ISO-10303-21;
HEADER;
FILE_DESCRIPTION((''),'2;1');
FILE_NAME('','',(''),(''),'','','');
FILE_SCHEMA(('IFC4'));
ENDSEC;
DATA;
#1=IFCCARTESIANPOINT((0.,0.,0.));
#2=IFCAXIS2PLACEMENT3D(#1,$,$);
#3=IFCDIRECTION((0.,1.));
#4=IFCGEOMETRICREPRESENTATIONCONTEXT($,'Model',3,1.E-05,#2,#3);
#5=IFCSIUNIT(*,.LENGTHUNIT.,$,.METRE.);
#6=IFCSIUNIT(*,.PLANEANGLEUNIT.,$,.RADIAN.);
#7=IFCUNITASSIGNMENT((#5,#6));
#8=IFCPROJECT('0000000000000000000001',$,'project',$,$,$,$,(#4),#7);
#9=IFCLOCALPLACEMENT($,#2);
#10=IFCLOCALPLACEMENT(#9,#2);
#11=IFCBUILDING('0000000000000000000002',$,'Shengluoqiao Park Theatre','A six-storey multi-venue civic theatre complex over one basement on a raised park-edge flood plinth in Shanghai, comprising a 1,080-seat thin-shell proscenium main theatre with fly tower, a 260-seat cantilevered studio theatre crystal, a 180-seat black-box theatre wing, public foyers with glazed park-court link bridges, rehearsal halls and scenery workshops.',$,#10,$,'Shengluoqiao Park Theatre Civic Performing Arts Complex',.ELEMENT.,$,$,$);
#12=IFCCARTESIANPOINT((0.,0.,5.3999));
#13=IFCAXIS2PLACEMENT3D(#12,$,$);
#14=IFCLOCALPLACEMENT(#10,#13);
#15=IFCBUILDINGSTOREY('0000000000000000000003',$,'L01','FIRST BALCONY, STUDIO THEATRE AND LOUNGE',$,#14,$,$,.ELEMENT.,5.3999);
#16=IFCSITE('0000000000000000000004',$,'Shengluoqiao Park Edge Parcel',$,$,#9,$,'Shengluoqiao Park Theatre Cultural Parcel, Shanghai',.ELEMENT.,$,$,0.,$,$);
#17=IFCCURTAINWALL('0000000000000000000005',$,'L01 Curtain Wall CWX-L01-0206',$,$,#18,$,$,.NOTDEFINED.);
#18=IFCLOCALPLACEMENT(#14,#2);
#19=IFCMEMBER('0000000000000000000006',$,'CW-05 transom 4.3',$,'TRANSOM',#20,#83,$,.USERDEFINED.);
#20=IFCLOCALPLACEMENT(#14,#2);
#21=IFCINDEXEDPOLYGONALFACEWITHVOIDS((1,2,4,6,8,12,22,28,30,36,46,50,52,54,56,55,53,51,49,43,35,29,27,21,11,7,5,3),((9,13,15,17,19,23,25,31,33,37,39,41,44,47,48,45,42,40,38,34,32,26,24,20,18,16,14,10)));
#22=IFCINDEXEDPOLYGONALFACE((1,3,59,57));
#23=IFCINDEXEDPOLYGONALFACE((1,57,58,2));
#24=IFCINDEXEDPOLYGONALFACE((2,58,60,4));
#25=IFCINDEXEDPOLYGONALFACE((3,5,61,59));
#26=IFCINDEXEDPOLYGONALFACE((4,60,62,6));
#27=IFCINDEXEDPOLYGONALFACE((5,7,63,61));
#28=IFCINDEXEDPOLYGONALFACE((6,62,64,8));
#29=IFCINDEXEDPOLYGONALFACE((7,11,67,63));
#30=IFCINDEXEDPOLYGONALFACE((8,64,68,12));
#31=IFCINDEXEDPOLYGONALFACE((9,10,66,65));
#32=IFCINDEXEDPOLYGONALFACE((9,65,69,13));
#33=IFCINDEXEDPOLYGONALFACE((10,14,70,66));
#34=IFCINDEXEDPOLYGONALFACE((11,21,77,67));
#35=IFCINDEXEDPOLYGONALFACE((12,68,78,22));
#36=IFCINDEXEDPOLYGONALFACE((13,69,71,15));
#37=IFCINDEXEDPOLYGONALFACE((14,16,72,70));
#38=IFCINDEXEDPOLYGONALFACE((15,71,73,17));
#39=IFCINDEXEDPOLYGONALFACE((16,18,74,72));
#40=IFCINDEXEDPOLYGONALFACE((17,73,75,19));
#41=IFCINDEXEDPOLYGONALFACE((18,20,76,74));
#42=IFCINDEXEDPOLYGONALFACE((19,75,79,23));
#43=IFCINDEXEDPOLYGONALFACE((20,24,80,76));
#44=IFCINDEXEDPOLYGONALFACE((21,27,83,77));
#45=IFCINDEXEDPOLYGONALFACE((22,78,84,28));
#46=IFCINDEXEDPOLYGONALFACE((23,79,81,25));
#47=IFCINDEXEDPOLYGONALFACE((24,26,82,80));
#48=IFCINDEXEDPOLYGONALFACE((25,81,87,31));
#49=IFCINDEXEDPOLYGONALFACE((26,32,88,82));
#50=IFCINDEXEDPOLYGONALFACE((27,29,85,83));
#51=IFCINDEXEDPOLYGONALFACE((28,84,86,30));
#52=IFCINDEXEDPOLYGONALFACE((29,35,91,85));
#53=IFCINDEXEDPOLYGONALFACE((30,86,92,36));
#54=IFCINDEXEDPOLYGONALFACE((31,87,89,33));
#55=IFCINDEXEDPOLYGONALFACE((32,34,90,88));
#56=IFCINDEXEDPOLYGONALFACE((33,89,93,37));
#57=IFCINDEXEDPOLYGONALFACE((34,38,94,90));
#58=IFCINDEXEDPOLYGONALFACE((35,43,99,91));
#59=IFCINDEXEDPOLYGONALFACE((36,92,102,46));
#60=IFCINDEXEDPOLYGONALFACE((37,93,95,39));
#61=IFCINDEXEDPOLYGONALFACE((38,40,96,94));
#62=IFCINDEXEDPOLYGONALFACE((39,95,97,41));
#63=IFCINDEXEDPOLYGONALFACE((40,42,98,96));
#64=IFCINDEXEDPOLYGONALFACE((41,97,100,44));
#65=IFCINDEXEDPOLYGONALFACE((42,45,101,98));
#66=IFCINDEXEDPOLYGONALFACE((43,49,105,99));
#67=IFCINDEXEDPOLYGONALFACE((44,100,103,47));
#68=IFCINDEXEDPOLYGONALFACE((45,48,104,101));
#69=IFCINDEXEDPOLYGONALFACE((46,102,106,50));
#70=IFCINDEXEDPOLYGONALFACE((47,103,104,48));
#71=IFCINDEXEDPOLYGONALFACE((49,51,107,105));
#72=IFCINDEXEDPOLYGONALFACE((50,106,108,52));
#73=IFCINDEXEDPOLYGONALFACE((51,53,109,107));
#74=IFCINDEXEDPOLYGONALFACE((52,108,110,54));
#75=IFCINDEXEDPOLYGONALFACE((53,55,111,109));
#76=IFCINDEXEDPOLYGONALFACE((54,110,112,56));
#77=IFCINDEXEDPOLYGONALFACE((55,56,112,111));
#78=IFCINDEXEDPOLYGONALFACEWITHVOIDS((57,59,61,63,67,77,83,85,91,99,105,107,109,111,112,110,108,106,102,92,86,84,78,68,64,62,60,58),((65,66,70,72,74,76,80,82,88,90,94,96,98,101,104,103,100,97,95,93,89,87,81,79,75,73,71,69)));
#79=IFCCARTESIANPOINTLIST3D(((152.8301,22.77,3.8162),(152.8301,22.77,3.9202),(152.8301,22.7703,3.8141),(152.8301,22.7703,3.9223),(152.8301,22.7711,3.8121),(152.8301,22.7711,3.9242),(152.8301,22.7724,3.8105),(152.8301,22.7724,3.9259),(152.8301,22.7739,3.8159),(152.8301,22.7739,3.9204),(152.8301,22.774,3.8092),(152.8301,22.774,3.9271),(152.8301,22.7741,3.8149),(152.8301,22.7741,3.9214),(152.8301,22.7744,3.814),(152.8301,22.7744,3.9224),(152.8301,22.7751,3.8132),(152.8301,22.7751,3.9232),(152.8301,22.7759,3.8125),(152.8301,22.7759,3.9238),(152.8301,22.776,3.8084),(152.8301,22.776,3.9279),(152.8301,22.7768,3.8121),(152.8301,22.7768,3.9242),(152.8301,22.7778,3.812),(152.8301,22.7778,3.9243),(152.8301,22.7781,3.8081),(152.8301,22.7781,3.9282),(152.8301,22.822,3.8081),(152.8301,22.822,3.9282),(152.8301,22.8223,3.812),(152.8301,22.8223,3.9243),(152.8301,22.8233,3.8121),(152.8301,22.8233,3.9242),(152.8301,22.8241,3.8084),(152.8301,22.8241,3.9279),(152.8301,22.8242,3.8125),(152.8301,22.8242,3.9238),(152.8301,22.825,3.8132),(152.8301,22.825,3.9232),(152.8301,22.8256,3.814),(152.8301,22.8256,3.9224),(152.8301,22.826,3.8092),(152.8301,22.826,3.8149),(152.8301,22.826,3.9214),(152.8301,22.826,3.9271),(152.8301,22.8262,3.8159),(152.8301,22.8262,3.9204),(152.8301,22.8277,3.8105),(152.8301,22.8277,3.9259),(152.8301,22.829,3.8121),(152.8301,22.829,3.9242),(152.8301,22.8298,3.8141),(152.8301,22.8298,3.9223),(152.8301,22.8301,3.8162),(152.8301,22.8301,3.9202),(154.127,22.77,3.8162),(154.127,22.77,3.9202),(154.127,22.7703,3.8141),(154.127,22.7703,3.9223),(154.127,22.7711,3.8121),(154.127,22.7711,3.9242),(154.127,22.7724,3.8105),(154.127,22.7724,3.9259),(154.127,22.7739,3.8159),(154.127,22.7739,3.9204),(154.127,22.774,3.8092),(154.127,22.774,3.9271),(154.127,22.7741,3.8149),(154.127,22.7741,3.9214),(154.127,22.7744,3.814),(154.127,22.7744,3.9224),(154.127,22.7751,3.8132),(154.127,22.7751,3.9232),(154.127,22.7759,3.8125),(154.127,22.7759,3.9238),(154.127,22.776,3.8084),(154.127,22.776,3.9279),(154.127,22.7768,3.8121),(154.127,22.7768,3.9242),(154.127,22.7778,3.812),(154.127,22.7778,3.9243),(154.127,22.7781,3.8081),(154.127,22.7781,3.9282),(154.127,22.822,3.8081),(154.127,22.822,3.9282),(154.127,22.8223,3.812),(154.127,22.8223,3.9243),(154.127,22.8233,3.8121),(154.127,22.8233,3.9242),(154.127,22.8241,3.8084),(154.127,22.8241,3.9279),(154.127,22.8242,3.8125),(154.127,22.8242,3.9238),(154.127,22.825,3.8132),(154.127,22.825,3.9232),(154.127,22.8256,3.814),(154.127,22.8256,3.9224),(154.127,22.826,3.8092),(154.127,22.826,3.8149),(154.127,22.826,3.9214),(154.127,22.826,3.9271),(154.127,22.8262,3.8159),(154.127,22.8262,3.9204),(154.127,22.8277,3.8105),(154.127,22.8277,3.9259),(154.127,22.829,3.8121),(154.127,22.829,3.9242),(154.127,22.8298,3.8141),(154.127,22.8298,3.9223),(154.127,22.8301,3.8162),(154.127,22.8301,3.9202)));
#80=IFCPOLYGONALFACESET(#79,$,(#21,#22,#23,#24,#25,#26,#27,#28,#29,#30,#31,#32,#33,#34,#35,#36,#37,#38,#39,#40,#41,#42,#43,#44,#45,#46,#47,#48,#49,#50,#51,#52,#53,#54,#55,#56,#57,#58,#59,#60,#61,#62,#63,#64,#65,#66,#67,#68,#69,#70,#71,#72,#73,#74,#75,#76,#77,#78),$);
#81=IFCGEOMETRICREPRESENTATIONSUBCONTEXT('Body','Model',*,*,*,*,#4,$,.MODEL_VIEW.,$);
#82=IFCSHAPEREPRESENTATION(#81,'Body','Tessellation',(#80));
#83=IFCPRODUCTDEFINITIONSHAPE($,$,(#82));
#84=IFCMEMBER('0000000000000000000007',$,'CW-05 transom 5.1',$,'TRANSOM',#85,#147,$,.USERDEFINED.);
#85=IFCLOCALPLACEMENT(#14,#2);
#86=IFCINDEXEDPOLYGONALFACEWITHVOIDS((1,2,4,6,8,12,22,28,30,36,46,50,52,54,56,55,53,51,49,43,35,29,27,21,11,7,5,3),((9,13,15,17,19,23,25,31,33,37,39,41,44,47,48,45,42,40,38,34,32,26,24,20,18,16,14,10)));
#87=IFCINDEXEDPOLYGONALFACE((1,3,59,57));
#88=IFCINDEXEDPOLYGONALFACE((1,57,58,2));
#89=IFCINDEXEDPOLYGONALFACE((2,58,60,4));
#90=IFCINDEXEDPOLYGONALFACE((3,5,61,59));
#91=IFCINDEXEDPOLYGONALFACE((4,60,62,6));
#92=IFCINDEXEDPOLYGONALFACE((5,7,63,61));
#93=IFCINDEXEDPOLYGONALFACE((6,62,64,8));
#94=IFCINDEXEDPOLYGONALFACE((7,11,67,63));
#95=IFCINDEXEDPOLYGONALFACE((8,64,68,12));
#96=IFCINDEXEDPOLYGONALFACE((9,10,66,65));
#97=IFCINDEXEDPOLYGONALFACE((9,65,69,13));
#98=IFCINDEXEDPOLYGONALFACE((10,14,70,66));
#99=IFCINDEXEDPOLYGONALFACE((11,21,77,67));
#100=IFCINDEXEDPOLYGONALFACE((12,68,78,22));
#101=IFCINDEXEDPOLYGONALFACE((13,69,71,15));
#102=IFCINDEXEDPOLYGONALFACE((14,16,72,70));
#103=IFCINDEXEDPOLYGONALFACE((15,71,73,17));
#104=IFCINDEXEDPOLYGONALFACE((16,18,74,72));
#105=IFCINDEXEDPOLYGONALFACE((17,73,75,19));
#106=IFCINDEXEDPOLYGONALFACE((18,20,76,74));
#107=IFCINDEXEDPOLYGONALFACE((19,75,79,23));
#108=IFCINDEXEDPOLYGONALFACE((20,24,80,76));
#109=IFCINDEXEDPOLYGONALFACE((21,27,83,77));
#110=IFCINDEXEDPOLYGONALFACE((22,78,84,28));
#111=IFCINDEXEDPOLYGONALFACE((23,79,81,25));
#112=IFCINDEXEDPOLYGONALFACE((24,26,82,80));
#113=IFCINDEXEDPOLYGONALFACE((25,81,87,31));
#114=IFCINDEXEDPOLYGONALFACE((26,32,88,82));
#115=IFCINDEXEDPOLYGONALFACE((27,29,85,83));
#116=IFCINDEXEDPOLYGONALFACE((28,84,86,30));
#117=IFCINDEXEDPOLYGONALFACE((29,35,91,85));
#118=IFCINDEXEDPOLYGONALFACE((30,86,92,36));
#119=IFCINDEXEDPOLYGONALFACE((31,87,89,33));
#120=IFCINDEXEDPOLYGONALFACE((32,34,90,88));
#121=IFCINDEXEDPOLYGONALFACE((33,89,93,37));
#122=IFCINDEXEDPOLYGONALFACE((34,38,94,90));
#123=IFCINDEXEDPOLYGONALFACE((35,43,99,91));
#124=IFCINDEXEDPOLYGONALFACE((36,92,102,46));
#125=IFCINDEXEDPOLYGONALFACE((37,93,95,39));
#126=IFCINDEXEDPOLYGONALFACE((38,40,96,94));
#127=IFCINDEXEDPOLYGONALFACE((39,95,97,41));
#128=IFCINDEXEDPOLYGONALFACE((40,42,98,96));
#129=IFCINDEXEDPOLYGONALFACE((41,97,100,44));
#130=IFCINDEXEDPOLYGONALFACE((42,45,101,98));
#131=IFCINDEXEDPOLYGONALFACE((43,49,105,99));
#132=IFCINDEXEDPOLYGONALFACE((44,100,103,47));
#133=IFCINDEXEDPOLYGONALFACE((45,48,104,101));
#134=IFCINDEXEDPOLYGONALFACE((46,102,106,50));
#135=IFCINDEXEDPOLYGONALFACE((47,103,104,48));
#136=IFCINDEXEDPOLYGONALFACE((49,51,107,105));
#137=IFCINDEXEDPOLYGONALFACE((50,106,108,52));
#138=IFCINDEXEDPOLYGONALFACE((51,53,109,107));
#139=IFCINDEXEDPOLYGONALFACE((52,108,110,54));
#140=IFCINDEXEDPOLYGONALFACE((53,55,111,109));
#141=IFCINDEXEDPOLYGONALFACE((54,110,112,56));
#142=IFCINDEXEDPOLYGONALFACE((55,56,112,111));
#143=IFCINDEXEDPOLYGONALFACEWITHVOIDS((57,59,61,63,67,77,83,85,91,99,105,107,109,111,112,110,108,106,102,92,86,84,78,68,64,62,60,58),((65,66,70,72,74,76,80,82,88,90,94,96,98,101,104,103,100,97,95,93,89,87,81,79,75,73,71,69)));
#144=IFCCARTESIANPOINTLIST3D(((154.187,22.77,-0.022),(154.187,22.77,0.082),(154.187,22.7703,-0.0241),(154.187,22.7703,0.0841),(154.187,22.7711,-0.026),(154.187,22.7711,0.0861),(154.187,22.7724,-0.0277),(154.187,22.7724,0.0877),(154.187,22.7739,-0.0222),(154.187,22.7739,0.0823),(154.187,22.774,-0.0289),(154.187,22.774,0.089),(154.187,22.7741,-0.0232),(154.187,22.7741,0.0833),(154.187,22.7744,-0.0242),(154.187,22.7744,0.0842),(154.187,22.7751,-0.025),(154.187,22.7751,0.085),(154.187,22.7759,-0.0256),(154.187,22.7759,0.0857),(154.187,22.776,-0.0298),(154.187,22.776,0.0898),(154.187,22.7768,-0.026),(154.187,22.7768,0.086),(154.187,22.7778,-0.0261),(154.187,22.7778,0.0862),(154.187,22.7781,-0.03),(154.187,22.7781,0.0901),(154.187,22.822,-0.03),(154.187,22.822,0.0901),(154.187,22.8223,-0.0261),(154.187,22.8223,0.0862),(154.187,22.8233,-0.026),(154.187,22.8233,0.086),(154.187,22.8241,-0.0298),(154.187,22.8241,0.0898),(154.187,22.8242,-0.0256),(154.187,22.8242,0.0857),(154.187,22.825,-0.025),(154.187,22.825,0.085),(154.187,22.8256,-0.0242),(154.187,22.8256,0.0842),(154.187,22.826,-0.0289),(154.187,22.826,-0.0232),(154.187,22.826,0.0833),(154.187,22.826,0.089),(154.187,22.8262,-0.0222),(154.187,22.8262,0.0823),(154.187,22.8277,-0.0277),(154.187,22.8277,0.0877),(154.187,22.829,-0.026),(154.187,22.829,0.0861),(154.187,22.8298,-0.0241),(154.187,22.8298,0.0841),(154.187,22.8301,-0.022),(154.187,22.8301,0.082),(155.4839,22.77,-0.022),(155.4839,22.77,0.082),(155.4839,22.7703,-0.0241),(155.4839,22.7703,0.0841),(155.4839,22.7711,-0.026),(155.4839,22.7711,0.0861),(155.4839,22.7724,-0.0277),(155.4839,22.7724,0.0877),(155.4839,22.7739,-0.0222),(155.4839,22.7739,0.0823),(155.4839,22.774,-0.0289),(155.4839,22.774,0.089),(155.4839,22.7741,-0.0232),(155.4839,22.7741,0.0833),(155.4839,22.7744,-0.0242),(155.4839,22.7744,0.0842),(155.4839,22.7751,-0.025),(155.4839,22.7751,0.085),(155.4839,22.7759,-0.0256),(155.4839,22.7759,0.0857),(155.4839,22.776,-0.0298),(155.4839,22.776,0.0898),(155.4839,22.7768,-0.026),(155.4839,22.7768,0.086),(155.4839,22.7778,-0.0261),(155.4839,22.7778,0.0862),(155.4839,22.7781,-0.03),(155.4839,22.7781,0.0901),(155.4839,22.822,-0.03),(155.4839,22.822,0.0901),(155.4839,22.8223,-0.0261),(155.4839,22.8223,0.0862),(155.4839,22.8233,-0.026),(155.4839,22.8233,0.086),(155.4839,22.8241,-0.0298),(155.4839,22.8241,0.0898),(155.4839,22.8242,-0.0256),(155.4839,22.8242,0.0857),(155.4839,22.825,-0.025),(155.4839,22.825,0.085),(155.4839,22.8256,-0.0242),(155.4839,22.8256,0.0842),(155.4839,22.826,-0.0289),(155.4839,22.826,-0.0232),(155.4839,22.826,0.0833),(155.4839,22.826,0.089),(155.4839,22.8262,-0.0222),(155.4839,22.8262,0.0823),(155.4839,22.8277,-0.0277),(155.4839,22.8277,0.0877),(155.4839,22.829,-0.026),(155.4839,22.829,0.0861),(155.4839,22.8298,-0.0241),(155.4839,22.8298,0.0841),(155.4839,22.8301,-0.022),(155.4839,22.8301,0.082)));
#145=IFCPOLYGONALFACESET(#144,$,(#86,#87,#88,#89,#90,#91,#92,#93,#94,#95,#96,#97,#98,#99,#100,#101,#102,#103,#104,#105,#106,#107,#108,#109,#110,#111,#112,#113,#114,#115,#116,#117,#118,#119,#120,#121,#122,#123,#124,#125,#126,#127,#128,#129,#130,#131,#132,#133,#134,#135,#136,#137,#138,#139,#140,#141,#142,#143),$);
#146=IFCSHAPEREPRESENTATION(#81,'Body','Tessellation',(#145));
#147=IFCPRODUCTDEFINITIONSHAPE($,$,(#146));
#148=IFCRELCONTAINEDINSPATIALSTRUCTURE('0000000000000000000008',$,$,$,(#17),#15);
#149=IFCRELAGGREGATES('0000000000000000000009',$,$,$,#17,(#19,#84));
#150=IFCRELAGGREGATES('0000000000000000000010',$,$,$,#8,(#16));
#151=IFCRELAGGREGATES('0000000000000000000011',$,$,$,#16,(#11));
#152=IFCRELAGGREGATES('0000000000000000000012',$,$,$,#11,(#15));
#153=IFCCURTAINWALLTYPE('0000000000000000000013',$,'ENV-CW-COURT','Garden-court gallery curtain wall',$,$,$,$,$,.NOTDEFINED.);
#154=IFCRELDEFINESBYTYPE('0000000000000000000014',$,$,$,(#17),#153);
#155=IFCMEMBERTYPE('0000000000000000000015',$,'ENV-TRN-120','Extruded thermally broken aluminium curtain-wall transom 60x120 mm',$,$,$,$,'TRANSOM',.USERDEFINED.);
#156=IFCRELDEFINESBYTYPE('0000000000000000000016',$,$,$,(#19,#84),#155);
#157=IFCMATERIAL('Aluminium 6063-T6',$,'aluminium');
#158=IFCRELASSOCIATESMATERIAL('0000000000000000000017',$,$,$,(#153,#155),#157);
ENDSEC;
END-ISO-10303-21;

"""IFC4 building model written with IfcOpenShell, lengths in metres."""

from ifc_helpers import new_model, si_unit, direction, frame, origin, origin_2d, place, context, subcontext, project, spatial, hollow_rectangle, extrude, material, material_profile, profile_set, type_object, element, aggregate, save


model = new_model("IFC4")

# Units and contexts
model_context = context("Model", 3, precision=1e-05, world=origin(), true_north=direction((0.0, 1.0)))
body_context = subcontext(model_context, "Body", "Model", "MODEL_VIEW")
ifc_project = project(units=[si_unit("LENGTHUNIT", "METRE"), si_unit("PLANEANGLEUNIT", "RADIAN")], contexts=[model_context])

# Site, building, storey
site_placement = place(None, origin())
site = spatial("IfcSite", under=ifc_project, at=site_placement, Name="Shengluoqiao Park Edge Parcel", LongName="Shengluoqiao Park Theatre Cultural Parcel, Shanghai", CompositionType="ELEMENT", RefElevation=0.0)
building_placement = place(site_placement, origin())
building = spatial("IfcBuilding", under=site, at=building_placement, Name="Shengluoqiao Park Theatre", Description="A six-storey multi-venue civic theatre complex over one basement on a raised park-edge flood plinth in Shanghai, comprising a 1,080-seat thin-shell proscenium main theatre with fly tower, a 260-seat cantilevered studio theatre crystal, a 180-seat black-box theatre wing, public foyers with glazed park-court link bridges, rehearsal halls and scenery workshops.", LongName="Shengluoqiao Park Theatre Civic Performing Arts Complex", CompositionType="ELEMENT")
storey_placement = place(building_placement, frame((0.0, 0.0, 5.3999)))
storey = spatial("IfcBuildingStorey", under=building, at=storey_placement, Name="L01", Description="FIRST BALCONY, STUDIO THEATRE AND LOUNGE", CompositionType="ELEMENT", Elevation=5.3999)

# Curtain wall, members
ifc_material_1 = material(Name="Aluminium 6063-T6", Category="aluminium")
curtain_wall_type = type_object("IfcCurtainWallType", Name="ENV-CW-COURT", Description="Garden-court gallery curtain wall", PredefinedType="NOTDEFINED", material=ifc_material_1)
curtain_wall_placement = place(storey_placement, origin())
curtain_wall = element("IfcCurtainWall", 1, at=curtain_wall_placement, inside=storey, type_object=curtain_wall_type, Name="L01 Curtain Wall CWX-L01-0206", PredefinedType="NOTDEFINED")
ifc_material_profile_1 = material_profile(ifc_material_1, hollow_rectangle(XDim=0.0601, YDim=0.1201, WallThickness=0.0039, InnerFilletRadius=0.0039, OuterFilletRadius=0.0081, at=origin_2d()), Name="ALU TRANSOM 120x60x4")
ifc_profile_set_1 = profile_set([ifc_material_profile_1], Name="Aluminium 6063-T6")
member_type_1 = type_object("IfcMemberType", Name="ENV-TRN-120", Description="Extruded thermally broken aluminium curtain-wall transom 60x120 mm", ElementType="TRANSOM", PredefinedType="USERDEFINED", material=ifc_profile_set_1)
member_1_placement = place(storey_placement, frame((152.8301, 22.8, 3.8682), z_axis=(1.0, 0.0, 0.0), x_axis=(0.0, 1.0, 0.0)))
member_1 = element("IfcMember", 2, at=member_1_placement, type_object=member_type_1, Name="CW-05 transom 4.3", ObjectType="TRANSOM", PredefinedType="USERDEFINED", context=body_context, shape_type="SweptSolid", body=[
    extrude(hollow_rectangle(XDim=0.0601, YDim=0.1201, WallThickness=0.0039, InnerFilletRadius=0.0039, OuterFilletRadius=0.0081, at=origin_2d()), origin(), (0.0, 0.0, 1.0), 1.2969),
])
member_2_placement = place(storey_placement, frame((154.187, 22.8, 0.03), z_axis=(1.0, 0.0, 0.0), x_axis=(0.0, 1.0, 0.0)))
member_2 = element("IfcMember", 3, at=member_2_placement, type_object=member_type_1, Name="CW-05 transom 5.1", ObjectType="TRANSOM", PredefinedType="USERDEFINED", context=body_context, shape_type="SweptSolid", body=[
    extrude(hollow_rectangle(XDim=0.0601, YDim=0.1201, WallThickness=0.0039, InnerFilletRadius=0.0039, OuterFilletRadius=0.0081, at=origin_2d()), origin(), (0.0, 0.0, 1.0), 1.2969),
])

aggregate(curtain_wall, [member_1, member_2])

save(model, "model.ifc")
